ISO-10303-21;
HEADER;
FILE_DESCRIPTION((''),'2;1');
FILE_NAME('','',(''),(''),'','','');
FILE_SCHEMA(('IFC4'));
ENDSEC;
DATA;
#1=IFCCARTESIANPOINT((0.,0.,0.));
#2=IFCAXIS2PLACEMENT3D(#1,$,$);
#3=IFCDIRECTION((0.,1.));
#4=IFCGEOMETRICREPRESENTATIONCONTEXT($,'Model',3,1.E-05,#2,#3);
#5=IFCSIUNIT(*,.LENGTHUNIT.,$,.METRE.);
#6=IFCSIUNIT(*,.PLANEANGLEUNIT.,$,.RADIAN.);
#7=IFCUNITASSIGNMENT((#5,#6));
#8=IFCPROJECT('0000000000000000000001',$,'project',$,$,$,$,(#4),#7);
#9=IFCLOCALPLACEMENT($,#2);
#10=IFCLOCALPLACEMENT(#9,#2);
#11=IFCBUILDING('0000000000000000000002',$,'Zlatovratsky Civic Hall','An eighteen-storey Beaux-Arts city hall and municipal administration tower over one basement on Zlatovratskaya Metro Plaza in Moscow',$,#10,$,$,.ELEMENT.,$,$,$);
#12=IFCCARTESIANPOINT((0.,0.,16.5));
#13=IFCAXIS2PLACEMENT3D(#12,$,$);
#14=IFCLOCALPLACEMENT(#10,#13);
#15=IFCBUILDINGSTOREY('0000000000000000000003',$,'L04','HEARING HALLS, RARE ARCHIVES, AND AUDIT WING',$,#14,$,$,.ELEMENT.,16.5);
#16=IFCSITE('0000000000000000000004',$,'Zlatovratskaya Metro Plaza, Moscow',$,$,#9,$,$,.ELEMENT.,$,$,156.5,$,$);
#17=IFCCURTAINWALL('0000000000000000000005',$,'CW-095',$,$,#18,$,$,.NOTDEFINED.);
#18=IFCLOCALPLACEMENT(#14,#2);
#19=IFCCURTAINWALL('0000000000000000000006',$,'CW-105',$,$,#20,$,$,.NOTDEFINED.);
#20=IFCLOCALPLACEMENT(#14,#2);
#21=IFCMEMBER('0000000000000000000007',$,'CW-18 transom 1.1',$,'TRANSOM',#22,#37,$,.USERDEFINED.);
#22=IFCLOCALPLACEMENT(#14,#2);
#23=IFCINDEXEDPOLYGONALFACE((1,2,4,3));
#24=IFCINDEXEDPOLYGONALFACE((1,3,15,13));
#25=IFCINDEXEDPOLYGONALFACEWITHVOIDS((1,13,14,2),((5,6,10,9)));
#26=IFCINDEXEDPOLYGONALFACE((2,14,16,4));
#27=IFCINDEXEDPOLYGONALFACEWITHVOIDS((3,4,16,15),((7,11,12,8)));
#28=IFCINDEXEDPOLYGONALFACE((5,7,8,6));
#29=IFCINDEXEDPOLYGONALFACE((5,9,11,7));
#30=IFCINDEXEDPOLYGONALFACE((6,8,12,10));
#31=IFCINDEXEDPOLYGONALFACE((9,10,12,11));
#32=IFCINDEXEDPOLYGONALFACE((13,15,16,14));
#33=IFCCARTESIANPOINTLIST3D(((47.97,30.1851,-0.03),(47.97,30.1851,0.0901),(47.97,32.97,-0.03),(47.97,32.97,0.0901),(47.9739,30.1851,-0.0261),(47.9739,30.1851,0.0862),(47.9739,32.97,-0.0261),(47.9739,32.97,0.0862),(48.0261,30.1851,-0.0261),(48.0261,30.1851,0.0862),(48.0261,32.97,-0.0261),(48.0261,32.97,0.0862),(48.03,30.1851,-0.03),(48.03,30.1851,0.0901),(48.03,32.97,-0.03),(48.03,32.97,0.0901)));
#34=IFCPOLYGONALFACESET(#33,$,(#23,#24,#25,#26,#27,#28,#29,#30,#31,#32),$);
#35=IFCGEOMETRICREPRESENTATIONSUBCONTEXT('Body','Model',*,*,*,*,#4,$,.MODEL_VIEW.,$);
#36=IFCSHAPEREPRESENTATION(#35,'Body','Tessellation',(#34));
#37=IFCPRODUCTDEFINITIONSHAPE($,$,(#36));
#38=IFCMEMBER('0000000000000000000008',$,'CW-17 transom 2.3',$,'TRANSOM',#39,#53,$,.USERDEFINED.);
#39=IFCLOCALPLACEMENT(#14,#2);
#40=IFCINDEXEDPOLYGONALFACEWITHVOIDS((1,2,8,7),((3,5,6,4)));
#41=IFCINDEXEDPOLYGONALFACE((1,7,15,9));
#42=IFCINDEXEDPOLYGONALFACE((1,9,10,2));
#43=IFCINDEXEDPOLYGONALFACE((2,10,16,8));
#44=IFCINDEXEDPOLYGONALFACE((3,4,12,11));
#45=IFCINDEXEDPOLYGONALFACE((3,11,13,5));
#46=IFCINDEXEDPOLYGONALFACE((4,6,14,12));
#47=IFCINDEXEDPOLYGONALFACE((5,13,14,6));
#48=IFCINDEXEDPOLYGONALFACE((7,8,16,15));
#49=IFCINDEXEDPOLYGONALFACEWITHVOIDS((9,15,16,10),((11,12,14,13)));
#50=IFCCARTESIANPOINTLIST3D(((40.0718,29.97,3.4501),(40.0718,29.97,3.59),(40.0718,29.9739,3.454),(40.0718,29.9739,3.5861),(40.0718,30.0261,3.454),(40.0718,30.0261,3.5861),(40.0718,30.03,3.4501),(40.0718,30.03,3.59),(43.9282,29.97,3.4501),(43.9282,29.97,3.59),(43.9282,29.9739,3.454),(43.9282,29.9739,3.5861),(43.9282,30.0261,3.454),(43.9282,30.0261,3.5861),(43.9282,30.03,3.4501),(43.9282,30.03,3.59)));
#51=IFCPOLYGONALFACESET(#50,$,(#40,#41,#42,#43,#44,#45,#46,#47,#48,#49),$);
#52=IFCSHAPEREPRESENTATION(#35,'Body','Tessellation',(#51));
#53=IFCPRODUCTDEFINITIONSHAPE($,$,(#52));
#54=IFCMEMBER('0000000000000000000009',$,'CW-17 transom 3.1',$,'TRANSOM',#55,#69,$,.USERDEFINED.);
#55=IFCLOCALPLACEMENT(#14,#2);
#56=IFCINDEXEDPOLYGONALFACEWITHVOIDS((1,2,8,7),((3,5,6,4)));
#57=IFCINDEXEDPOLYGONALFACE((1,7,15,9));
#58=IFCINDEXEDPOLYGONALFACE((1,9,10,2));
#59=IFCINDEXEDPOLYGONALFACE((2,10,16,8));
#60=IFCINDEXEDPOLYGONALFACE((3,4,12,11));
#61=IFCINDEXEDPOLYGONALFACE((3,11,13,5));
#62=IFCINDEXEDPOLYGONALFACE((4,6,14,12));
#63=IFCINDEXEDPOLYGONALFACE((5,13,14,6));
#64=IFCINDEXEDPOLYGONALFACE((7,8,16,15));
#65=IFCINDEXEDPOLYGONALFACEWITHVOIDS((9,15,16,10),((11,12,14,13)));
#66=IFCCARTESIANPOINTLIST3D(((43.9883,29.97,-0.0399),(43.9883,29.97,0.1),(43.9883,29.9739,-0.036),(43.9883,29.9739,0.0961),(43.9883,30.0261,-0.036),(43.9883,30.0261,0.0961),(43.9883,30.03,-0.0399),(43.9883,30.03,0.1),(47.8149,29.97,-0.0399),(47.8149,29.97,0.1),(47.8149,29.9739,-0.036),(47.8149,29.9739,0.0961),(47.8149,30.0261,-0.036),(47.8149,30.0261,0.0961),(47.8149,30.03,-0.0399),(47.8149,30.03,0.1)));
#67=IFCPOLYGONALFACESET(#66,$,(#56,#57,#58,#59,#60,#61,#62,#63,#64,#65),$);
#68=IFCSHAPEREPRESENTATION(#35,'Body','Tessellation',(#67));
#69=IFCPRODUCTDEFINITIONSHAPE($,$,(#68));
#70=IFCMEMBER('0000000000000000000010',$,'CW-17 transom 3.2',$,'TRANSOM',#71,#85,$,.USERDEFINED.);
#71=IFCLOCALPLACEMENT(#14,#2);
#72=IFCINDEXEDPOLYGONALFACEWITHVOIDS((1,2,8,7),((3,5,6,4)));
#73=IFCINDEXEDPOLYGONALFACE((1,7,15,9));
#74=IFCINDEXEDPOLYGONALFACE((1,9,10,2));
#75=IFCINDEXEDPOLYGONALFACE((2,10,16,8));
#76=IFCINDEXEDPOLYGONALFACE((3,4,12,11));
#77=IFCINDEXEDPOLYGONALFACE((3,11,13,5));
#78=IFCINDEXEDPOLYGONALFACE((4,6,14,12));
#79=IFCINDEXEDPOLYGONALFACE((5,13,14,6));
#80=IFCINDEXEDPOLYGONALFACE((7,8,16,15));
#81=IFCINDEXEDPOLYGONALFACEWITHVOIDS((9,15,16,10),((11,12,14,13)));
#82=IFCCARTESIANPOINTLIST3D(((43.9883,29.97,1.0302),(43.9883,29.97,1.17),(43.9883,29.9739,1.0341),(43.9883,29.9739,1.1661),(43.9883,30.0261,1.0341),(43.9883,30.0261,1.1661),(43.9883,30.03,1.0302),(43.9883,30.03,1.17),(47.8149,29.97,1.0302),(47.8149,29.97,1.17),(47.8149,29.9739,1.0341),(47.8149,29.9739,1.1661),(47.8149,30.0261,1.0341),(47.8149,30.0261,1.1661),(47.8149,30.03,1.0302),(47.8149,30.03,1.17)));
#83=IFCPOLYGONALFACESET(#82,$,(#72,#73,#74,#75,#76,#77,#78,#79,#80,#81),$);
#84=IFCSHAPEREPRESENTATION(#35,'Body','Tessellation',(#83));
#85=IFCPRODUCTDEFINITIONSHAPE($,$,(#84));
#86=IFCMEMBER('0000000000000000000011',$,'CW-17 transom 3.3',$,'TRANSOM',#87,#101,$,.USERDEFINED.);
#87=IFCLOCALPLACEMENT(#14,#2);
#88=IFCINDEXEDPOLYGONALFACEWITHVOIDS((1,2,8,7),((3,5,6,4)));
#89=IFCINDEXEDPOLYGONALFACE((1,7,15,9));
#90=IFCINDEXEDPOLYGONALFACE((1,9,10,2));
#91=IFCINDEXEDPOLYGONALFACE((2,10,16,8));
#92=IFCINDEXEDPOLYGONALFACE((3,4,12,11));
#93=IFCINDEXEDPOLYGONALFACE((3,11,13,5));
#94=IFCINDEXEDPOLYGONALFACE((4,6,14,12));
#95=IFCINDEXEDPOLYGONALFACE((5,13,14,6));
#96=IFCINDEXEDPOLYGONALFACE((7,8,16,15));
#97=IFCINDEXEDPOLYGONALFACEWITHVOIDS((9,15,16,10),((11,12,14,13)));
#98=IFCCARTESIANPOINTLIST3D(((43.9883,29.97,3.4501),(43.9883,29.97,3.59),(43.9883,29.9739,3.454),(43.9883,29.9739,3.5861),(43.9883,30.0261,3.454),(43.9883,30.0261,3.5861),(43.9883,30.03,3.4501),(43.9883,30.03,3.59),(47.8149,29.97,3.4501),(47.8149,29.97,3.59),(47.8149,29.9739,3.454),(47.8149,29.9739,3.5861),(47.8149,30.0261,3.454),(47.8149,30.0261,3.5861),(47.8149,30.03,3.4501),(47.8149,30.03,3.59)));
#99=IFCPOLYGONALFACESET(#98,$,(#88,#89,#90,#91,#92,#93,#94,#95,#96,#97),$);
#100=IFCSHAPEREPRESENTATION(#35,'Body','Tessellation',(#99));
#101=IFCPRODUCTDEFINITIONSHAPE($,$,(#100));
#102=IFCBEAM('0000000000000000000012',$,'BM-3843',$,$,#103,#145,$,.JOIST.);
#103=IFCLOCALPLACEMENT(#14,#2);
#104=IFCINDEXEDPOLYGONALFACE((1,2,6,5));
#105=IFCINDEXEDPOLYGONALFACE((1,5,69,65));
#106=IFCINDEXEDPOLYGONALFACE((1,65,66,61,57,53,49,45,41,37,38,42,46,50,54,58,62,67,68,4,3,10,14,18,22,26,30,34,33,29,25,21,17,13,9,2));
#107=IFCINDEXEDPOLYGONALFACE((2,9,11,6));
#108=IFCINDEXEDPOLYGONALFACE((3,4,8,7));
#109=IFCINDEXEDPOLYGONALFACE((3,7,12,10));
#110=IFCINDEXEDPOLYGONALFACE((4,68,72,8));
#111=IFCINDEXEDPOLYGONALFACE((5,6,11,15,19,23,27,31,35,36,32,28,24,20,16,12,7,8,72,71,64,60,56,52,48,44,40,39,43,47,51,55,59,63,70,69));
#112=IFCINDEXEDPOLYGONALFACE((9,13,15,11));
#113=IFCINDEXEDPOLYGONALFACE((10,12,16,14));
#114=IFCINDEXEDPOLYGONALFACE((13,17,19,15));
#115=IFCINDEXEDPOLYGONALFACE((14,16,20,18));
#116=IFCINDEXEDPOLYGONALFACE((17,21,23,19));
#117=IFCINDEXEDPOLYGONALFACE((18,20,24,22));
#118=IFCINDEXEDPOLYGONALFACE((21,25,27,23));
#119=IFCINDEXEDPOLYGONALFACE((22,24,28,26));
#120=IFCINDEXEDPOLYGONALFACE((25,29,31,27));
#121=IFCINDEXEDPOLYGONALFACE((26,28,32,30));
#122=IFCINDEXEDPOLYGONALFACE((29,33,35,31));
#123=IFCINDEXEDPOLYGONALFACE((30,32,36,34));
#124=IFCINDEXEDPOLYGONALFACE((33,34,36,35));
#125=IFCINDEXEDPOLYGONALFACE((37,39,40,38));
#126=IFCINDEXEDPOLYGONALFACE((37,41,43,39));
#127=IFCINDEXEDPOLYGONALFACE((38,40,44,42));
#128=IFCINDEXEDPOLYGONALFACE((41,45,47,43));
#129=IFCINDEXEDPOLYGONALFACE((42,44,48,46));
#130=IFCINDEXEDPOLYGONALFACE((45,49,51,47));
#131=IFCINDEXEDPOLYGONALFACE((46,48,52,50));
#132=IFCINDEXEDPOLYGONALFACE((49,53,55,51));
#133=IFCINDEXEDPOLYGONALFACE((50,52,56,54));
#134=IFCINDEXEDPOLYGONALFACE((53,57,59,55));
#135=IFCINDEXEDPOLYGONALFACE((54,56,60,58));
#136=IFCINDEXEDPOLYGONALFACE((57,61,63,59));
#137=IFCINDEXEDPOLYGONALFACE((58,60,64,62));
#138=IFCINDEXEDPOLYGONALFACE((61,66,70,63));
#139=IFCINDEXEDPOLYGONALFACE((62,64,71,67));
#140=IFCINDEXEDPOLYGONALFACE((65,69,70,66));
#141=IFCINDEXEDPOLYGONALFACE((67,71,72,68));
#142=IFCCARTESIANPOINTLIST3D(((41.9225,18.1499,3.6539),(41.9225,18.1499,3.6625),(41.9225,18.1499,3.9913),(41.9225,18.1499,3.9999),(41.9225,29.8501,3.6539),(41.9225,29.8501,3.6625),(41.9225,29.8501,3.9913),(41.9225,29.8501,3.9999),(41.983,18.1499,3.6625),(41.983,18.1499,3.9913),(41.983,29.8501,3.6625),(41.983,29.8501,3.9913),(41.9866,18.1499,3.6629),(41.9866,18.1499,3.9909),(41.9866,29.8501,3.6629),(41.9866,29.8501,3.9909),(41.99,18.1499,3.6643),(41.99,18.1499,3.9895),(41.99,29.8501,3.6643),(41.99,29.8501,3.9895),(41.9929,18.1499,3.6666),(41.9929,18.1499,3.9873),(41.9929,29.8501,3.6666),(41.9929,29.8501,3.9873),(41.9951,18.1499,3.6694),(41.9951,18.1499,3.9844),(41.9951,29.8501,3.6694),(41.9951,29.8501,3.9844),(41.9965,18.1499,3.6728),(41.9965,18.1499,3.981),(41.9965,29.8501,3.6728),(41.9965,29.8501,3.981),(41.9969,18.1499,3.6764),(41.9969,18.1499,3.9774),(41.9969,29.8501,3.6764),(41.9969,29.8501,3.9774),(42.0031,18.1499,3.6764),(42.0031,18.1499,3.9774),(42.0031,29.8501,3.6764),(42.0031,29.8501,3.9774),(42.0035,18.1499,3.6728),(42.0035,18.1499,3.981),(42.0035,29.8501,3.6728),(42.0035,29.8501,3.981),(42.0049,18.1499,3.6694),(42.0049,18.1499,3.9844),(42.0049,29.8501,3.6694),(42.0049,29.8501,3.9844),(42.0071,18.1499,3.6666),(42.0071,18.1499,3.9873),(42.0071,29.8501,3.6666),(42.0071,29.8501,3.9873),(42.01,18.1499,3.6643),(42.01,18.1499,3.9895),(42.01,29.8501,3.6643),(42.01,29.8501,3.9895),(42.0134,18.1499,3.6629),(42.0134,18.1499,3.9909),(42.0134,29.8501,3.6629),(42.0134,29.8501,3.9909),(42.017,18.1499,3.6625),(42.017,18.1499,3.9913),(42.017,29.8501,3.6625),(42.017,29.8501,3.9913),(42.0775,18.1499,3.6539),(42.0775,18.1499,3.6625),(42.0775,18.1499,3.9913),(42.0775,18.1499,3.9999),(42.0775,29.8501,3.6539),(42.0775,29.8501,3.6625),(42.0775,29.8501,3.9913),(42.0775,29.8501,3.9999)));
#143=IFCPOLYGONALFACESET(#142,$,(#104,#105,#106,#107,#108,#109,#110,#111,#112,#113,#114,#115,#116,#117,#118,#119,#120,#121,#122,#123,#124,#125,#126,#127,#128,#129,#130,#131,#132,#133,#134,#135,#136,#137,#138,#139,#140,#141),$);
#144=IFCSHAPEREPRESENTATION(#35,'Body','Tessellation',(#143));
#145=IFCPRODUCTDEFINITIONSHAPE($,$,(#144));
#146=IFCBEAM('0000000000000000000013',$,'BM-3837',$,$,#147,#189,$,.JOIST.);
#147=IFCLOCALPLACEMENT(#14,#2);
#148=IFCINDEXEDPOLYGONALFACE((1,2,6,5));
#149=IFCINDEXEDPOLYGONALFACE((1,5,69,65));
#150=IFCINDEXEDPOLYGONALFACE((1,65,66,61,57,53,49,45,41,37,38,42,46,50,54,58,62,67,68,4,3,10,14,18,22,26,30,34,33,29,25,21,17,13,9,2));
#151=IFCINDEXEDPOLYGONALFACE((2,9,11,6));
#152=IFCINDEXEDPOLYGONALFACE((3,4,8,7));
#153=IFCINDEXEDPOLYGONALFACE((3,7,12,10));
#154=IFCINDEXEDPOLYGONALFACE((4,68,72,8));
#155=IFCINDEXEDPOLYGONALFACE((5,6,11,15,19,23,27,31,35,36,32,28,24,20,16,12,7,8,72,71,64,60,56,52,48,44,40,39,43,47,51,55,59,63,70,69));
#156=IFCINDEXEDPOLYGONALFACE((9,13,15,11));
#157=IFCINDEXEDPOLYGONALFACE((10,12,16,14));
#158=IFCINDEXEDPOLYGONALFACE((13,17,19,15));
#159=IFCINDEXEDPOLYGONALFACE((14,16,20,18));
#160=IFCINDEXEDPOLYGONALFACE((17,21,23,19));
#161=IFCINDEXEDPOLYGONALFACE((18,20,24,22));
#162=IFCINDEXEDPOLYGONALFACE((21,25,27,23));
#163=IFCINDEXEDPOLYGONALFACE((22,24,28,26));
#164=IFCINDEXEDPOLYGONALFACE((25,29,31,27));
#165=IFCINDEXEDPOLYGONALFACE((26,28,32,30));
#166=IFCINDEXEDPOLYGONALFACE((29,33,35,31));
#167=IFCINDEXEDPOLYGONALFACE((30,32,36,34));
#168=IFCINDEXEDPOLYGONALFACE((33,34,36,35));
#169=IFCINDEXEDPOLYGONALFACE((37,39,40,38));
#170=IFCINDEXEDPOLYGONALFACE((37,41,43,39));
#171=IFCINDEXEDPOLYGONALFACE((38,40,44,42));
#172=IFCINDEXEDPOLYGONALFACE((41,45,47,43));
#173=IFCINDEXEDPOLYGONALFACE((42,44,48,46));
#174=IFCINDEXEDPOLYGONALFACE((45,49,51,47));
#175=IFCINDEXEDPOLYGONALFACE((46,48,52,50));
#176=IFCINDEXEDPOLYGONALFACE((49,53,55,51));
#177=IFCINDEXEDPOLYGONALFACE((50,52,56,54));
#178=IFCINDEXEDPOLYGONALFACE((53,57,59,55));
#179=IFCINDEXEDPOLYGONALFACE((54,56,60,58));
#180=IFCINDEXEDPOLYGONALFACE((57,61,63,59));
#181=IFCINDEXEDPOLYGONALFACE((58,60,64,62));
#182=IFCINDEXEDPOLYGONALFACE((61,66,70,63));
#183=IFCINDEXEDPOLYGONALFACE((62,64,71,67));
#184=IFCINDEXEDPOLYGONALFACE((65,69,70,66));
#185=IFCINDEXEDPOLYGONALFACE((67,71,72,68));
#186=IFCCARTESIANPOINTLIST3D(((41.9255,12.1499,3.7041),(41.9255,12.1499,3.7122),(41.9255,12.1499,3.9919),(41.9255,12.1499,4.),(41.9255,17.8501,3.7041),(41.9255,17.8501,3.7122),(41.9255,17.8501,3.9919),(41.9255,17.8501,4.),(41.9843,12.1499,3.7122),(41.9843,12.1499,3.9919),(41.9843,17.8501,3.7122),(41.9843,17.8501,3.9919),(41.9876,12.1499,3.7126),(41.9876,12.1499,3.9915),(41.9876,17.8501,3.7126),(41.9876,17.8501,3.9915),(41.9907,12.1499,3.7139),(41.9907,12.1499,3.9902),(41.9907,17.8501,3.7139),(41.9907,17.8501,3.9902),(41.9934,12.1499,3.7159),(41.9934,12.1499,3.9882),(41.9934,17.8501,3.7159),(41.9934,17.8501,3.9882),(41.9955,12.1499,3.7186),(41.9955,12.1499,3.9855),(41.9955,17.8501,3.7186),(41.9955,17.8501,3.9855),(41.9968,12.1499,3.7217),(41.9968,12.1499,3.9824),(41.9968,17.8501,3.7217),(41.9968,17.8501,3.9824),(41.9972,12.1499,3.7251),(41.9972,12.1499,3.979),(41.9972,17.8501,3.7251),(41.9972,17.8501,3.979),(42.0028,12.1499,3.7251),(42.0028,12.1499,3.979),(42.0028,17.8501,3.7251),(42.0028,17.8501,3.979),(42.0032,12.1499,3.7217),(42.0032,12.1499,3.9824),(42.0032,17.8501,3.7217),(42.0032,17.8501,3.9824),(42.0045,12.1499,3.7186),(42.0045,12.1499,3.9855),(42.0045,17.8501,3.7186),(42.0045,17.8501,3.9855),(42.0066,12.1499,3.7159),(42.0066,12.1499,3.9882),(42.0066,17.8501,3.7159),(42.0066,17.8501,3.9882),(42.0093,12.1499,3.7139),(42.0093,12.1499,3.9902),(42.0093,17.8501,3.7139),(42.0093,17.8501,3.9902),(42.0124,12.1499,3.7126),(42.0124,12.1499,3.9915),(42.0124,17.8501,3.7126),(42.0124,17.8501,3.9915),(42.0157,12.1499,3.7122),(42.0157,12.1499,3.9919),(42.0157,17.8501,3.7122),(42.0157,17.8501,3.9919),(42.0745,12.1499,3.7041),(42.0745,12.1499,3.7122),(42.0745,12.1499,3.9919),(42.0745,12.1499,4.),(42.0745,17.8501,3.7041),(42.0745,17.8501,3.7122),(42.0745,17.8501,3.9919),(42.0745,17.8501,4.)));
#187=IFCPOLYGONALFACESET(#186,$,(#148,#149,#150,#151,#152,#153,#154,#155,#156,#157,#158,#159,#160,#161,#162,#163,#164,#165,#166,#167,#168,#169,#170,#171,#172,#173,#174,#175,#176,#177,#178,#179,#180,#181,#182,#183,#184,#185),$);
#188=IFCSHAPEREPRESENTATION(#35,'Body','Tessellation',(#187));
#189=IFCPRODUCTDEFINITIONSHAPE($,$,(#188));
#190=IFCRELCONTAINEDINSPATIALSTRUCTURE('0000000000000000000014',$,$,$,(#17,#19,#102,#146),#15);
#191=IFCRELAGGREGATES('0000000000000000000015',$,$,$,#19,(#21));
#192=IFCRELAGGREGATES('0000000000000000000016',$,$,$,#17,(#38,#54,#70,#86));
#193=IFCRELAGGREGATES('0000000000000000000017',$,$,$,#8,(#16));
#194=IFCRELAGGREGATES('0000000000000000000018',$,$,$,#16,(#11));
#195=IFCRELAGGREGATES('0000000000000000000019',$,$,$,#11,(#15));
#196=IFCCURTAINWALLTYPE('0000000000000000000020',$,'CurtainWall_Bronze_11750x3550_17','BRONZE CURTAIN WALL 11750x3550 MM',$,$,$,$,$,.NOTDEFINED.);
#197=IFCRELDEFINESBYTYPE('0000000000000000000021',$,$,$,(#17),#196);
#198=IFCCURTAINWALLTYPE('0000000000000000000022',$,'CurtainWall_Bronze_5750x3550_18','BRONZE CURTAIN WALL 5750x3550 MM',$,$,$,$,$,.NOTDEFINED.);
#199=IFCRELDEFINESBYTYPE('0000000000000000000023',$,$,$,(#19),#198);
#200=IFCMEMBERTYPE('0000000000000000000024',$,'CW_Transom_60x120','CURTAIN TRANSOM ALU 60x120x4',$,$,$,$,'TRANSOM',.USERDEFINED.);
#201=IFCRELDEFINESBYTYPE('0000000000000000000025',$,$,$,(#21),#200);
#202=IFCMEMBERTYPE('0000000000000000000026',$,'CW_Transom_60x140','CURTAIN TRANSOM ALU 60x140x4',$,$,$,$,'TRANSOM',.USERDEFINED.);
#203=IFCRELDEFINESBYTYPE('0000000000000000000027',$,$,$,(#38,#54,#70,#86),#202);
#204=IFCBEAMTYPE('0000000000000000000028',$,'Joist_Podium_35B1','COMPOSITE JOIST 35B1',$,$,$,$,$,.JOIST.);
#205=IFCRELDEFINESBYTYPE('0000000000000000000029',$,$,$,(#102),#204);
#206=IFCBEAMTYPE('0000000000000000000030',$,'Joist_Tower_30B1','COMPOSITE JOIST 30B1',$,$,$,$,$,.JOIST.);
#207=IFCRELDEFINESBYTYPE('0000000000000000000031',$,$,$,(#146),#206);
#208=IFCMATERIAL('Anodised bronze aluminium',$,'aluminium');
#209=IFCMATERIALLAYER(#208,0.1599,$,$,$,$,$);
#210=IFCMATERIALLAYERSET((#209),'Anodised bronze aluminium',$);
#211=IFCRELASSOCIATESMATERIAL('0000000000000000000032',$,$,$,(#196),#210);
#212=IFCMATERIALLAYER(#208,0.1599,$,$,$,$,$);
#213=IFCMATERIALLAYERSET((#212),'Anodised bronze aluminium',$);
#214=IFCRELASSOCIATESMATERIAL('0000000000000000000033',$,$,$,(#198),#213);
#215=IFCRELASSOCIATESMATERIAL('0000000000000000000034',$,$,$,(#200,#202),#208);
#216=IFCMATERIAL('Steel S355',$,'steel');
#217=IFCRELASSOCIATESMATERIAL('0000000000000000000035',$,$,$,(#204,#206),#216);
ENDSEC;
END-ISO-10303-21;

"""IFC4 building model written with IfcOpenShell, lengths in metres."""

from ifc_helpers import new_model, si_unit, direction, frame, origin, origin_2d, place, context, subcontext, project, spatial, hollow_rectangle, i_section, extrude, material, layer, layer_set, material_profile, profile_set, type_object, element, aggregate, save


model = new_model("IFC4")

# Units and contexts
model_context = context("Model", 3, precision=1e-05, world=origin(), true_north=direction((0.0, 1.0)))
body_context = subcontext(model_context, "Body", "Model", "MODEL_VIEW")
ifc_project = project(units=[si_unit("LENGTHUNIT", "METRE"), si_unit("PLANEANGLEUNIT", "RADIAN")], contexts=[model_context])

# Site, building, storey
site_placement = place(None, origin())
site = spatial("IfcSite", under=ifc_project, at=site_placement, Name="Zlatovratskaya Metro Plaza, Moscow", CompositionType="ELEMENT", RefElevation=156.5)
building_placement = place(site_placement, origin())
building = spatial("IfcBuilding", under=site, at=building_placement, Name="Zlatovratsky Civic Hall", Description="An eighteen-storey Beaux-Arts city hall and municipal administration tower over one basement on Zlatovratskaya Metro Plaza in Moscow", CompositionType="ELEMENT")
storey_placement = place(building_placement, frame((0.0, 0.0, 16.5)))
storey = spatial("IfcBuildingStorey", under=building, at=storey_placement, Name="L04", Description="HEARING HALLS, RARE ARCHIVES, AND AUDIT WING", CompositionType="ELEMENT", Elevation=16.5)

# Shared definitions
ifc_material_1 = material(Name="Steel S355", Category="steel")

# Curtain walls, member
ifc_material_2 = material(Name="Anodised bronze aluminium", Category="aluminium")
ifc_layer_1 = layer(ifc_material_2, 0.1599)
ifc_layer_set_1 = layer_set([ifc_layer_1], Name="Anodised bronze aluminium")
curtain_wall_type_1 = type_object("IfcCurtainWallType", Name="CurtainWall_Bronze_11750x3550_17", Description="BRONZE CURTAIN WALL 11750x3550 MM", PredefinedType="NOTDEFINED", material=ifc_layer_set_1)
curtain_wall_1_placement = place(storey_placement, origin())
curtain_wall_1 = element("IfcCurtainWall", 1, at=curtain_wall_1_placement, inside=storey, type_object=curtain_wall_type_1, Name="CW-095", PredefinedType="NOTDEFINED")
ifc_layer_2 = layer(ifc_material_2, 0.1599)
ifc_layer_set_2 = layer_set([ifc_layer_2], Name="Anodised bronze aluminium")
curtain_wall_type_2 = type_object("IfcCurtainWallType", Name="CurtainWall_Bronze_5750x3550_18", Description="BRONZE CURTAIN WALL 5750x3550 MM", PredefinedType="NOTDEFINED", material=ifc_layer_set_2)
curtain_wall_2_placement = place(storey_placement, origin())
curtain_wall_2 = element("IfcCurtainWall", 2, at=curtain_wall_2_placement, inside=storey, type_object=curtain_wall_type_2, Name="CW-105", PredefinedType="NOTDEFINED")
ifc_material_profile_1 = material_profile(ifc_material_2, hollow_rectangle(XDim=0.0601, YDim=0.1201, WallThickness=0.0039, at=origin_2d()), Name="ALU 60x120x4")
ifc_profile_set_1 = profile_set([ifc_material_profile_1], Name="Anodised bronze aluminium")
member_type_1 = type_object("IfcMemberType", Name="CW_Transom_60x120", Description="CURTAIN TRANSOM ALU 60x120x4", ElementType="TRANSOM", PredefinedType="USERDEFINED", material=ifc_profile_set_1)
member_1_placement = place(storey_placement, frame((48.0, 30.1851, 0.03), z_axis=(0.0, 1.0, 0.0), x_axis=(-1.0, 0.0, 0.0)))
member_1 = element("IfcMember", 3, at=member_1_placement, type_object=member_type_1, Name="CW-18 transom 1.1", ObjectType="TRANSOM", PredefinedType="USERDEFINED", context=body_context, shape_type="SweptSolid", body=[
    extrude(hollow_rectangle(XDim=0.0601, YDim=0.1201, WallThickness=0.0039, at=origin_2d()), origin(), (0.0, 0.0, 1.0), 2.7849),
])
aggregate(curtain_wall_2, [member_1])

# Members
ifc_material_profile_2 = material_profile(ifc_material_2, hollow_rectangle(XDim=0.0601, YDim=0.1399, WallThickness=0.0039, at=origin_2d()), Name="ALU 60x140x4")
ifc_profile_set_2 = profile_set([ifc_material_profile_2], Name="Anodised bronze aluminium")
member_type_2 = type_object("IfcMemberType", Name="CW_Transom_60x140", Description="CURTAIN TRANSOM ALU 60x140x4", ElementType="TRANSOM", PredefinedType="USERDEFINED", material=ifc_profile_set_2)
member_2_placement = place(storey_placement, frame((40.0718, 30.0, 3.52), z_axis=(1.0, 0.0, 0.0), x_axis=(0.0, 1.0, 0.0)))
member_2 = element("IfcMember", 4, at=member_2_placement, type_object=member_type_2, Name="CW-17 transom 2.3", ObjectType="TRANSOM", PredefinedType="USERDEFINED", context=body_context, shape_type="SweptSolid", body=[
    extrude(hollow_rectangle(XDim=0.0601, YDim=0.1399, WallThickness=0.0039, at=origin_2d()), origin(), (0.0, 0.0, 1.0), 3.8564),
])
member_3_placement = place(storey_placement, frame((43.9883, 30.0, 0.03), z_axis=(1.0, 0.0, 0.0), x_axis=(0.0, 1.0, 0.0)))
member_3 = element("IfcMember", 5, at=member_3_placement, type_object=member_type_2, Name="CW-17 transom 3.1", ObjectType="TRANSOM", PredefinedType="USERDEFINED", context=body_context, shape_type="SweptSolid", body=[
    extrude(hollow_rectangle(XDim=0.0601, YDim=0.1399, WallThickness=0.0039, at=origin_2d()), origin(), (0.0, 0.0, 1.0), 3.8267),
])
member_4_placement = place(storey_placement, frame((43.9883, 30.0, 1.1001), z_axis=(1.0, 0.0, 0.0), x_axis=(0.0, 1.0, 0.0)))
member_4 = element("IfcMember", 6, at=member_4_placement, type_object=member_type_2, Name="CW-17 transom 3.2", ObjectType="TRANSOM", PredefinedType="USERDEFINED", context=body_context, shape_type="SweptSolid", body=[
    extrude(hollow_rectangle(XDim=0.0601, YDim=0.1399, WallThickness=0.0039, at=origin_2d()), origin(), (0.0, 0.0, 1.0), 3.8267),
])
member_5_placement = place(storey_placement, frame((43.9883, 30.0, 3.52), z_axis=(1.0, 0.0, 0.0), x_axis=(0.0, 1.0, 0.0)))
member_5 = element("IfcMember", 7, at=member_5_placement, type_object=member_type_2, Name="CW-17 transom 3.3", ObjectType="TRANSOM", PredefinedType="USERDEFINED", context=body_context, shape_type="SweptSolid", body=[
    extrude(hollow_rectangle(XDim=0.0601, YDim=0.1399, WallThickness=0.0039, at=origin_2d()), origin(), (0.0, 0.0, 1.0), 3.8267),
])

# Beams
ifc_material_profile_3 = material_profile(ifc_material_1, i_section(OverallWidth=0.155, OverallDepth=0.3459, WebThickness=0.0061, FlangeThickness=0.0085, FilletRadius=0.0139, at=origin_2d()), Name="35B1")
ifc_profile_set_3 = profile_set([ifc_material_profile_3], Name="Steel S355")
beam_type_1 = type_object("IfcBeamType", Name="Joist_Podium_35B1", Description="COMPOSITE JOIST 35B1", PredefinedType="JOIST", material=ifc_profile_set_3)
beam_1_placement = place(storey_placement, frame((42.0, 18.1499, 3.8269), z_axis=(0.0, 1.0, 0.0), x_axis=(-1.0, 0.0, 0.0)))
element("IfcBeam", 8, at=beam_1_placement, inside=storey, type_object=beam_type_1, Name="BM-3843", PredefinedType="JOIST", context=body_context, shape_type="SweptSolid", body=[
    extrude(i_section(OverallWidth=0.155, OverallDepth=0.3459, WebThickness=0.0061, FlangeThickness=0.0085, FilletRadius=0.0139, at=origin_2d()), origin(), (0.0, 0.0, 1.0), 11.7002),
])
ifc_material_profile_4 = material_profile(ifc_material_1, i_section(OverallWidth=0.1489, OverallDepth=0.2959, WebThickness=0.0056, FlangeThickness=0.0081, FilletRadius=0.0129, at=origin_2d()), Name="30B1")
ifc_profile_set_4 = profile_set([ifc_material_profile_4], Name="Steel S355")
beam_type_2 = type_object("IfcBeamType", Name="Joist_Tower_30B1", Description="COMPOSITE JOIST 30B1", PredefinedType="JOIST", material=ifc_profile_set_4)
beam_2_placement = place(storey_placement, frame((42.0, 12.1499, 3.8521), z_axis=(0.0, 1.0, 0.0), x_axis=(-1.0, 0.0, 0.0)))
element("IfcBeam", 9, at=beam_2_placement, inside=storey, type_object=beam_type_2, Name="BM-3837", PredefinedType="JOIST", context=body_context, shape_type="SweptSolid", body=[
    extrude(i_section(OverallWidth=0.1489, OverallDepth=0.2959, WebThickness=0.0056, FlangeThickness=0.0081, FilletRadius=0.0129, at=origin_2d()), origin(), (0.0, 0.0, 1.0), 5.7002),
])

aggregate(curtain_wall_1, [member_2, member_3, member_4, member_5])

save(model, "model.ifc")
